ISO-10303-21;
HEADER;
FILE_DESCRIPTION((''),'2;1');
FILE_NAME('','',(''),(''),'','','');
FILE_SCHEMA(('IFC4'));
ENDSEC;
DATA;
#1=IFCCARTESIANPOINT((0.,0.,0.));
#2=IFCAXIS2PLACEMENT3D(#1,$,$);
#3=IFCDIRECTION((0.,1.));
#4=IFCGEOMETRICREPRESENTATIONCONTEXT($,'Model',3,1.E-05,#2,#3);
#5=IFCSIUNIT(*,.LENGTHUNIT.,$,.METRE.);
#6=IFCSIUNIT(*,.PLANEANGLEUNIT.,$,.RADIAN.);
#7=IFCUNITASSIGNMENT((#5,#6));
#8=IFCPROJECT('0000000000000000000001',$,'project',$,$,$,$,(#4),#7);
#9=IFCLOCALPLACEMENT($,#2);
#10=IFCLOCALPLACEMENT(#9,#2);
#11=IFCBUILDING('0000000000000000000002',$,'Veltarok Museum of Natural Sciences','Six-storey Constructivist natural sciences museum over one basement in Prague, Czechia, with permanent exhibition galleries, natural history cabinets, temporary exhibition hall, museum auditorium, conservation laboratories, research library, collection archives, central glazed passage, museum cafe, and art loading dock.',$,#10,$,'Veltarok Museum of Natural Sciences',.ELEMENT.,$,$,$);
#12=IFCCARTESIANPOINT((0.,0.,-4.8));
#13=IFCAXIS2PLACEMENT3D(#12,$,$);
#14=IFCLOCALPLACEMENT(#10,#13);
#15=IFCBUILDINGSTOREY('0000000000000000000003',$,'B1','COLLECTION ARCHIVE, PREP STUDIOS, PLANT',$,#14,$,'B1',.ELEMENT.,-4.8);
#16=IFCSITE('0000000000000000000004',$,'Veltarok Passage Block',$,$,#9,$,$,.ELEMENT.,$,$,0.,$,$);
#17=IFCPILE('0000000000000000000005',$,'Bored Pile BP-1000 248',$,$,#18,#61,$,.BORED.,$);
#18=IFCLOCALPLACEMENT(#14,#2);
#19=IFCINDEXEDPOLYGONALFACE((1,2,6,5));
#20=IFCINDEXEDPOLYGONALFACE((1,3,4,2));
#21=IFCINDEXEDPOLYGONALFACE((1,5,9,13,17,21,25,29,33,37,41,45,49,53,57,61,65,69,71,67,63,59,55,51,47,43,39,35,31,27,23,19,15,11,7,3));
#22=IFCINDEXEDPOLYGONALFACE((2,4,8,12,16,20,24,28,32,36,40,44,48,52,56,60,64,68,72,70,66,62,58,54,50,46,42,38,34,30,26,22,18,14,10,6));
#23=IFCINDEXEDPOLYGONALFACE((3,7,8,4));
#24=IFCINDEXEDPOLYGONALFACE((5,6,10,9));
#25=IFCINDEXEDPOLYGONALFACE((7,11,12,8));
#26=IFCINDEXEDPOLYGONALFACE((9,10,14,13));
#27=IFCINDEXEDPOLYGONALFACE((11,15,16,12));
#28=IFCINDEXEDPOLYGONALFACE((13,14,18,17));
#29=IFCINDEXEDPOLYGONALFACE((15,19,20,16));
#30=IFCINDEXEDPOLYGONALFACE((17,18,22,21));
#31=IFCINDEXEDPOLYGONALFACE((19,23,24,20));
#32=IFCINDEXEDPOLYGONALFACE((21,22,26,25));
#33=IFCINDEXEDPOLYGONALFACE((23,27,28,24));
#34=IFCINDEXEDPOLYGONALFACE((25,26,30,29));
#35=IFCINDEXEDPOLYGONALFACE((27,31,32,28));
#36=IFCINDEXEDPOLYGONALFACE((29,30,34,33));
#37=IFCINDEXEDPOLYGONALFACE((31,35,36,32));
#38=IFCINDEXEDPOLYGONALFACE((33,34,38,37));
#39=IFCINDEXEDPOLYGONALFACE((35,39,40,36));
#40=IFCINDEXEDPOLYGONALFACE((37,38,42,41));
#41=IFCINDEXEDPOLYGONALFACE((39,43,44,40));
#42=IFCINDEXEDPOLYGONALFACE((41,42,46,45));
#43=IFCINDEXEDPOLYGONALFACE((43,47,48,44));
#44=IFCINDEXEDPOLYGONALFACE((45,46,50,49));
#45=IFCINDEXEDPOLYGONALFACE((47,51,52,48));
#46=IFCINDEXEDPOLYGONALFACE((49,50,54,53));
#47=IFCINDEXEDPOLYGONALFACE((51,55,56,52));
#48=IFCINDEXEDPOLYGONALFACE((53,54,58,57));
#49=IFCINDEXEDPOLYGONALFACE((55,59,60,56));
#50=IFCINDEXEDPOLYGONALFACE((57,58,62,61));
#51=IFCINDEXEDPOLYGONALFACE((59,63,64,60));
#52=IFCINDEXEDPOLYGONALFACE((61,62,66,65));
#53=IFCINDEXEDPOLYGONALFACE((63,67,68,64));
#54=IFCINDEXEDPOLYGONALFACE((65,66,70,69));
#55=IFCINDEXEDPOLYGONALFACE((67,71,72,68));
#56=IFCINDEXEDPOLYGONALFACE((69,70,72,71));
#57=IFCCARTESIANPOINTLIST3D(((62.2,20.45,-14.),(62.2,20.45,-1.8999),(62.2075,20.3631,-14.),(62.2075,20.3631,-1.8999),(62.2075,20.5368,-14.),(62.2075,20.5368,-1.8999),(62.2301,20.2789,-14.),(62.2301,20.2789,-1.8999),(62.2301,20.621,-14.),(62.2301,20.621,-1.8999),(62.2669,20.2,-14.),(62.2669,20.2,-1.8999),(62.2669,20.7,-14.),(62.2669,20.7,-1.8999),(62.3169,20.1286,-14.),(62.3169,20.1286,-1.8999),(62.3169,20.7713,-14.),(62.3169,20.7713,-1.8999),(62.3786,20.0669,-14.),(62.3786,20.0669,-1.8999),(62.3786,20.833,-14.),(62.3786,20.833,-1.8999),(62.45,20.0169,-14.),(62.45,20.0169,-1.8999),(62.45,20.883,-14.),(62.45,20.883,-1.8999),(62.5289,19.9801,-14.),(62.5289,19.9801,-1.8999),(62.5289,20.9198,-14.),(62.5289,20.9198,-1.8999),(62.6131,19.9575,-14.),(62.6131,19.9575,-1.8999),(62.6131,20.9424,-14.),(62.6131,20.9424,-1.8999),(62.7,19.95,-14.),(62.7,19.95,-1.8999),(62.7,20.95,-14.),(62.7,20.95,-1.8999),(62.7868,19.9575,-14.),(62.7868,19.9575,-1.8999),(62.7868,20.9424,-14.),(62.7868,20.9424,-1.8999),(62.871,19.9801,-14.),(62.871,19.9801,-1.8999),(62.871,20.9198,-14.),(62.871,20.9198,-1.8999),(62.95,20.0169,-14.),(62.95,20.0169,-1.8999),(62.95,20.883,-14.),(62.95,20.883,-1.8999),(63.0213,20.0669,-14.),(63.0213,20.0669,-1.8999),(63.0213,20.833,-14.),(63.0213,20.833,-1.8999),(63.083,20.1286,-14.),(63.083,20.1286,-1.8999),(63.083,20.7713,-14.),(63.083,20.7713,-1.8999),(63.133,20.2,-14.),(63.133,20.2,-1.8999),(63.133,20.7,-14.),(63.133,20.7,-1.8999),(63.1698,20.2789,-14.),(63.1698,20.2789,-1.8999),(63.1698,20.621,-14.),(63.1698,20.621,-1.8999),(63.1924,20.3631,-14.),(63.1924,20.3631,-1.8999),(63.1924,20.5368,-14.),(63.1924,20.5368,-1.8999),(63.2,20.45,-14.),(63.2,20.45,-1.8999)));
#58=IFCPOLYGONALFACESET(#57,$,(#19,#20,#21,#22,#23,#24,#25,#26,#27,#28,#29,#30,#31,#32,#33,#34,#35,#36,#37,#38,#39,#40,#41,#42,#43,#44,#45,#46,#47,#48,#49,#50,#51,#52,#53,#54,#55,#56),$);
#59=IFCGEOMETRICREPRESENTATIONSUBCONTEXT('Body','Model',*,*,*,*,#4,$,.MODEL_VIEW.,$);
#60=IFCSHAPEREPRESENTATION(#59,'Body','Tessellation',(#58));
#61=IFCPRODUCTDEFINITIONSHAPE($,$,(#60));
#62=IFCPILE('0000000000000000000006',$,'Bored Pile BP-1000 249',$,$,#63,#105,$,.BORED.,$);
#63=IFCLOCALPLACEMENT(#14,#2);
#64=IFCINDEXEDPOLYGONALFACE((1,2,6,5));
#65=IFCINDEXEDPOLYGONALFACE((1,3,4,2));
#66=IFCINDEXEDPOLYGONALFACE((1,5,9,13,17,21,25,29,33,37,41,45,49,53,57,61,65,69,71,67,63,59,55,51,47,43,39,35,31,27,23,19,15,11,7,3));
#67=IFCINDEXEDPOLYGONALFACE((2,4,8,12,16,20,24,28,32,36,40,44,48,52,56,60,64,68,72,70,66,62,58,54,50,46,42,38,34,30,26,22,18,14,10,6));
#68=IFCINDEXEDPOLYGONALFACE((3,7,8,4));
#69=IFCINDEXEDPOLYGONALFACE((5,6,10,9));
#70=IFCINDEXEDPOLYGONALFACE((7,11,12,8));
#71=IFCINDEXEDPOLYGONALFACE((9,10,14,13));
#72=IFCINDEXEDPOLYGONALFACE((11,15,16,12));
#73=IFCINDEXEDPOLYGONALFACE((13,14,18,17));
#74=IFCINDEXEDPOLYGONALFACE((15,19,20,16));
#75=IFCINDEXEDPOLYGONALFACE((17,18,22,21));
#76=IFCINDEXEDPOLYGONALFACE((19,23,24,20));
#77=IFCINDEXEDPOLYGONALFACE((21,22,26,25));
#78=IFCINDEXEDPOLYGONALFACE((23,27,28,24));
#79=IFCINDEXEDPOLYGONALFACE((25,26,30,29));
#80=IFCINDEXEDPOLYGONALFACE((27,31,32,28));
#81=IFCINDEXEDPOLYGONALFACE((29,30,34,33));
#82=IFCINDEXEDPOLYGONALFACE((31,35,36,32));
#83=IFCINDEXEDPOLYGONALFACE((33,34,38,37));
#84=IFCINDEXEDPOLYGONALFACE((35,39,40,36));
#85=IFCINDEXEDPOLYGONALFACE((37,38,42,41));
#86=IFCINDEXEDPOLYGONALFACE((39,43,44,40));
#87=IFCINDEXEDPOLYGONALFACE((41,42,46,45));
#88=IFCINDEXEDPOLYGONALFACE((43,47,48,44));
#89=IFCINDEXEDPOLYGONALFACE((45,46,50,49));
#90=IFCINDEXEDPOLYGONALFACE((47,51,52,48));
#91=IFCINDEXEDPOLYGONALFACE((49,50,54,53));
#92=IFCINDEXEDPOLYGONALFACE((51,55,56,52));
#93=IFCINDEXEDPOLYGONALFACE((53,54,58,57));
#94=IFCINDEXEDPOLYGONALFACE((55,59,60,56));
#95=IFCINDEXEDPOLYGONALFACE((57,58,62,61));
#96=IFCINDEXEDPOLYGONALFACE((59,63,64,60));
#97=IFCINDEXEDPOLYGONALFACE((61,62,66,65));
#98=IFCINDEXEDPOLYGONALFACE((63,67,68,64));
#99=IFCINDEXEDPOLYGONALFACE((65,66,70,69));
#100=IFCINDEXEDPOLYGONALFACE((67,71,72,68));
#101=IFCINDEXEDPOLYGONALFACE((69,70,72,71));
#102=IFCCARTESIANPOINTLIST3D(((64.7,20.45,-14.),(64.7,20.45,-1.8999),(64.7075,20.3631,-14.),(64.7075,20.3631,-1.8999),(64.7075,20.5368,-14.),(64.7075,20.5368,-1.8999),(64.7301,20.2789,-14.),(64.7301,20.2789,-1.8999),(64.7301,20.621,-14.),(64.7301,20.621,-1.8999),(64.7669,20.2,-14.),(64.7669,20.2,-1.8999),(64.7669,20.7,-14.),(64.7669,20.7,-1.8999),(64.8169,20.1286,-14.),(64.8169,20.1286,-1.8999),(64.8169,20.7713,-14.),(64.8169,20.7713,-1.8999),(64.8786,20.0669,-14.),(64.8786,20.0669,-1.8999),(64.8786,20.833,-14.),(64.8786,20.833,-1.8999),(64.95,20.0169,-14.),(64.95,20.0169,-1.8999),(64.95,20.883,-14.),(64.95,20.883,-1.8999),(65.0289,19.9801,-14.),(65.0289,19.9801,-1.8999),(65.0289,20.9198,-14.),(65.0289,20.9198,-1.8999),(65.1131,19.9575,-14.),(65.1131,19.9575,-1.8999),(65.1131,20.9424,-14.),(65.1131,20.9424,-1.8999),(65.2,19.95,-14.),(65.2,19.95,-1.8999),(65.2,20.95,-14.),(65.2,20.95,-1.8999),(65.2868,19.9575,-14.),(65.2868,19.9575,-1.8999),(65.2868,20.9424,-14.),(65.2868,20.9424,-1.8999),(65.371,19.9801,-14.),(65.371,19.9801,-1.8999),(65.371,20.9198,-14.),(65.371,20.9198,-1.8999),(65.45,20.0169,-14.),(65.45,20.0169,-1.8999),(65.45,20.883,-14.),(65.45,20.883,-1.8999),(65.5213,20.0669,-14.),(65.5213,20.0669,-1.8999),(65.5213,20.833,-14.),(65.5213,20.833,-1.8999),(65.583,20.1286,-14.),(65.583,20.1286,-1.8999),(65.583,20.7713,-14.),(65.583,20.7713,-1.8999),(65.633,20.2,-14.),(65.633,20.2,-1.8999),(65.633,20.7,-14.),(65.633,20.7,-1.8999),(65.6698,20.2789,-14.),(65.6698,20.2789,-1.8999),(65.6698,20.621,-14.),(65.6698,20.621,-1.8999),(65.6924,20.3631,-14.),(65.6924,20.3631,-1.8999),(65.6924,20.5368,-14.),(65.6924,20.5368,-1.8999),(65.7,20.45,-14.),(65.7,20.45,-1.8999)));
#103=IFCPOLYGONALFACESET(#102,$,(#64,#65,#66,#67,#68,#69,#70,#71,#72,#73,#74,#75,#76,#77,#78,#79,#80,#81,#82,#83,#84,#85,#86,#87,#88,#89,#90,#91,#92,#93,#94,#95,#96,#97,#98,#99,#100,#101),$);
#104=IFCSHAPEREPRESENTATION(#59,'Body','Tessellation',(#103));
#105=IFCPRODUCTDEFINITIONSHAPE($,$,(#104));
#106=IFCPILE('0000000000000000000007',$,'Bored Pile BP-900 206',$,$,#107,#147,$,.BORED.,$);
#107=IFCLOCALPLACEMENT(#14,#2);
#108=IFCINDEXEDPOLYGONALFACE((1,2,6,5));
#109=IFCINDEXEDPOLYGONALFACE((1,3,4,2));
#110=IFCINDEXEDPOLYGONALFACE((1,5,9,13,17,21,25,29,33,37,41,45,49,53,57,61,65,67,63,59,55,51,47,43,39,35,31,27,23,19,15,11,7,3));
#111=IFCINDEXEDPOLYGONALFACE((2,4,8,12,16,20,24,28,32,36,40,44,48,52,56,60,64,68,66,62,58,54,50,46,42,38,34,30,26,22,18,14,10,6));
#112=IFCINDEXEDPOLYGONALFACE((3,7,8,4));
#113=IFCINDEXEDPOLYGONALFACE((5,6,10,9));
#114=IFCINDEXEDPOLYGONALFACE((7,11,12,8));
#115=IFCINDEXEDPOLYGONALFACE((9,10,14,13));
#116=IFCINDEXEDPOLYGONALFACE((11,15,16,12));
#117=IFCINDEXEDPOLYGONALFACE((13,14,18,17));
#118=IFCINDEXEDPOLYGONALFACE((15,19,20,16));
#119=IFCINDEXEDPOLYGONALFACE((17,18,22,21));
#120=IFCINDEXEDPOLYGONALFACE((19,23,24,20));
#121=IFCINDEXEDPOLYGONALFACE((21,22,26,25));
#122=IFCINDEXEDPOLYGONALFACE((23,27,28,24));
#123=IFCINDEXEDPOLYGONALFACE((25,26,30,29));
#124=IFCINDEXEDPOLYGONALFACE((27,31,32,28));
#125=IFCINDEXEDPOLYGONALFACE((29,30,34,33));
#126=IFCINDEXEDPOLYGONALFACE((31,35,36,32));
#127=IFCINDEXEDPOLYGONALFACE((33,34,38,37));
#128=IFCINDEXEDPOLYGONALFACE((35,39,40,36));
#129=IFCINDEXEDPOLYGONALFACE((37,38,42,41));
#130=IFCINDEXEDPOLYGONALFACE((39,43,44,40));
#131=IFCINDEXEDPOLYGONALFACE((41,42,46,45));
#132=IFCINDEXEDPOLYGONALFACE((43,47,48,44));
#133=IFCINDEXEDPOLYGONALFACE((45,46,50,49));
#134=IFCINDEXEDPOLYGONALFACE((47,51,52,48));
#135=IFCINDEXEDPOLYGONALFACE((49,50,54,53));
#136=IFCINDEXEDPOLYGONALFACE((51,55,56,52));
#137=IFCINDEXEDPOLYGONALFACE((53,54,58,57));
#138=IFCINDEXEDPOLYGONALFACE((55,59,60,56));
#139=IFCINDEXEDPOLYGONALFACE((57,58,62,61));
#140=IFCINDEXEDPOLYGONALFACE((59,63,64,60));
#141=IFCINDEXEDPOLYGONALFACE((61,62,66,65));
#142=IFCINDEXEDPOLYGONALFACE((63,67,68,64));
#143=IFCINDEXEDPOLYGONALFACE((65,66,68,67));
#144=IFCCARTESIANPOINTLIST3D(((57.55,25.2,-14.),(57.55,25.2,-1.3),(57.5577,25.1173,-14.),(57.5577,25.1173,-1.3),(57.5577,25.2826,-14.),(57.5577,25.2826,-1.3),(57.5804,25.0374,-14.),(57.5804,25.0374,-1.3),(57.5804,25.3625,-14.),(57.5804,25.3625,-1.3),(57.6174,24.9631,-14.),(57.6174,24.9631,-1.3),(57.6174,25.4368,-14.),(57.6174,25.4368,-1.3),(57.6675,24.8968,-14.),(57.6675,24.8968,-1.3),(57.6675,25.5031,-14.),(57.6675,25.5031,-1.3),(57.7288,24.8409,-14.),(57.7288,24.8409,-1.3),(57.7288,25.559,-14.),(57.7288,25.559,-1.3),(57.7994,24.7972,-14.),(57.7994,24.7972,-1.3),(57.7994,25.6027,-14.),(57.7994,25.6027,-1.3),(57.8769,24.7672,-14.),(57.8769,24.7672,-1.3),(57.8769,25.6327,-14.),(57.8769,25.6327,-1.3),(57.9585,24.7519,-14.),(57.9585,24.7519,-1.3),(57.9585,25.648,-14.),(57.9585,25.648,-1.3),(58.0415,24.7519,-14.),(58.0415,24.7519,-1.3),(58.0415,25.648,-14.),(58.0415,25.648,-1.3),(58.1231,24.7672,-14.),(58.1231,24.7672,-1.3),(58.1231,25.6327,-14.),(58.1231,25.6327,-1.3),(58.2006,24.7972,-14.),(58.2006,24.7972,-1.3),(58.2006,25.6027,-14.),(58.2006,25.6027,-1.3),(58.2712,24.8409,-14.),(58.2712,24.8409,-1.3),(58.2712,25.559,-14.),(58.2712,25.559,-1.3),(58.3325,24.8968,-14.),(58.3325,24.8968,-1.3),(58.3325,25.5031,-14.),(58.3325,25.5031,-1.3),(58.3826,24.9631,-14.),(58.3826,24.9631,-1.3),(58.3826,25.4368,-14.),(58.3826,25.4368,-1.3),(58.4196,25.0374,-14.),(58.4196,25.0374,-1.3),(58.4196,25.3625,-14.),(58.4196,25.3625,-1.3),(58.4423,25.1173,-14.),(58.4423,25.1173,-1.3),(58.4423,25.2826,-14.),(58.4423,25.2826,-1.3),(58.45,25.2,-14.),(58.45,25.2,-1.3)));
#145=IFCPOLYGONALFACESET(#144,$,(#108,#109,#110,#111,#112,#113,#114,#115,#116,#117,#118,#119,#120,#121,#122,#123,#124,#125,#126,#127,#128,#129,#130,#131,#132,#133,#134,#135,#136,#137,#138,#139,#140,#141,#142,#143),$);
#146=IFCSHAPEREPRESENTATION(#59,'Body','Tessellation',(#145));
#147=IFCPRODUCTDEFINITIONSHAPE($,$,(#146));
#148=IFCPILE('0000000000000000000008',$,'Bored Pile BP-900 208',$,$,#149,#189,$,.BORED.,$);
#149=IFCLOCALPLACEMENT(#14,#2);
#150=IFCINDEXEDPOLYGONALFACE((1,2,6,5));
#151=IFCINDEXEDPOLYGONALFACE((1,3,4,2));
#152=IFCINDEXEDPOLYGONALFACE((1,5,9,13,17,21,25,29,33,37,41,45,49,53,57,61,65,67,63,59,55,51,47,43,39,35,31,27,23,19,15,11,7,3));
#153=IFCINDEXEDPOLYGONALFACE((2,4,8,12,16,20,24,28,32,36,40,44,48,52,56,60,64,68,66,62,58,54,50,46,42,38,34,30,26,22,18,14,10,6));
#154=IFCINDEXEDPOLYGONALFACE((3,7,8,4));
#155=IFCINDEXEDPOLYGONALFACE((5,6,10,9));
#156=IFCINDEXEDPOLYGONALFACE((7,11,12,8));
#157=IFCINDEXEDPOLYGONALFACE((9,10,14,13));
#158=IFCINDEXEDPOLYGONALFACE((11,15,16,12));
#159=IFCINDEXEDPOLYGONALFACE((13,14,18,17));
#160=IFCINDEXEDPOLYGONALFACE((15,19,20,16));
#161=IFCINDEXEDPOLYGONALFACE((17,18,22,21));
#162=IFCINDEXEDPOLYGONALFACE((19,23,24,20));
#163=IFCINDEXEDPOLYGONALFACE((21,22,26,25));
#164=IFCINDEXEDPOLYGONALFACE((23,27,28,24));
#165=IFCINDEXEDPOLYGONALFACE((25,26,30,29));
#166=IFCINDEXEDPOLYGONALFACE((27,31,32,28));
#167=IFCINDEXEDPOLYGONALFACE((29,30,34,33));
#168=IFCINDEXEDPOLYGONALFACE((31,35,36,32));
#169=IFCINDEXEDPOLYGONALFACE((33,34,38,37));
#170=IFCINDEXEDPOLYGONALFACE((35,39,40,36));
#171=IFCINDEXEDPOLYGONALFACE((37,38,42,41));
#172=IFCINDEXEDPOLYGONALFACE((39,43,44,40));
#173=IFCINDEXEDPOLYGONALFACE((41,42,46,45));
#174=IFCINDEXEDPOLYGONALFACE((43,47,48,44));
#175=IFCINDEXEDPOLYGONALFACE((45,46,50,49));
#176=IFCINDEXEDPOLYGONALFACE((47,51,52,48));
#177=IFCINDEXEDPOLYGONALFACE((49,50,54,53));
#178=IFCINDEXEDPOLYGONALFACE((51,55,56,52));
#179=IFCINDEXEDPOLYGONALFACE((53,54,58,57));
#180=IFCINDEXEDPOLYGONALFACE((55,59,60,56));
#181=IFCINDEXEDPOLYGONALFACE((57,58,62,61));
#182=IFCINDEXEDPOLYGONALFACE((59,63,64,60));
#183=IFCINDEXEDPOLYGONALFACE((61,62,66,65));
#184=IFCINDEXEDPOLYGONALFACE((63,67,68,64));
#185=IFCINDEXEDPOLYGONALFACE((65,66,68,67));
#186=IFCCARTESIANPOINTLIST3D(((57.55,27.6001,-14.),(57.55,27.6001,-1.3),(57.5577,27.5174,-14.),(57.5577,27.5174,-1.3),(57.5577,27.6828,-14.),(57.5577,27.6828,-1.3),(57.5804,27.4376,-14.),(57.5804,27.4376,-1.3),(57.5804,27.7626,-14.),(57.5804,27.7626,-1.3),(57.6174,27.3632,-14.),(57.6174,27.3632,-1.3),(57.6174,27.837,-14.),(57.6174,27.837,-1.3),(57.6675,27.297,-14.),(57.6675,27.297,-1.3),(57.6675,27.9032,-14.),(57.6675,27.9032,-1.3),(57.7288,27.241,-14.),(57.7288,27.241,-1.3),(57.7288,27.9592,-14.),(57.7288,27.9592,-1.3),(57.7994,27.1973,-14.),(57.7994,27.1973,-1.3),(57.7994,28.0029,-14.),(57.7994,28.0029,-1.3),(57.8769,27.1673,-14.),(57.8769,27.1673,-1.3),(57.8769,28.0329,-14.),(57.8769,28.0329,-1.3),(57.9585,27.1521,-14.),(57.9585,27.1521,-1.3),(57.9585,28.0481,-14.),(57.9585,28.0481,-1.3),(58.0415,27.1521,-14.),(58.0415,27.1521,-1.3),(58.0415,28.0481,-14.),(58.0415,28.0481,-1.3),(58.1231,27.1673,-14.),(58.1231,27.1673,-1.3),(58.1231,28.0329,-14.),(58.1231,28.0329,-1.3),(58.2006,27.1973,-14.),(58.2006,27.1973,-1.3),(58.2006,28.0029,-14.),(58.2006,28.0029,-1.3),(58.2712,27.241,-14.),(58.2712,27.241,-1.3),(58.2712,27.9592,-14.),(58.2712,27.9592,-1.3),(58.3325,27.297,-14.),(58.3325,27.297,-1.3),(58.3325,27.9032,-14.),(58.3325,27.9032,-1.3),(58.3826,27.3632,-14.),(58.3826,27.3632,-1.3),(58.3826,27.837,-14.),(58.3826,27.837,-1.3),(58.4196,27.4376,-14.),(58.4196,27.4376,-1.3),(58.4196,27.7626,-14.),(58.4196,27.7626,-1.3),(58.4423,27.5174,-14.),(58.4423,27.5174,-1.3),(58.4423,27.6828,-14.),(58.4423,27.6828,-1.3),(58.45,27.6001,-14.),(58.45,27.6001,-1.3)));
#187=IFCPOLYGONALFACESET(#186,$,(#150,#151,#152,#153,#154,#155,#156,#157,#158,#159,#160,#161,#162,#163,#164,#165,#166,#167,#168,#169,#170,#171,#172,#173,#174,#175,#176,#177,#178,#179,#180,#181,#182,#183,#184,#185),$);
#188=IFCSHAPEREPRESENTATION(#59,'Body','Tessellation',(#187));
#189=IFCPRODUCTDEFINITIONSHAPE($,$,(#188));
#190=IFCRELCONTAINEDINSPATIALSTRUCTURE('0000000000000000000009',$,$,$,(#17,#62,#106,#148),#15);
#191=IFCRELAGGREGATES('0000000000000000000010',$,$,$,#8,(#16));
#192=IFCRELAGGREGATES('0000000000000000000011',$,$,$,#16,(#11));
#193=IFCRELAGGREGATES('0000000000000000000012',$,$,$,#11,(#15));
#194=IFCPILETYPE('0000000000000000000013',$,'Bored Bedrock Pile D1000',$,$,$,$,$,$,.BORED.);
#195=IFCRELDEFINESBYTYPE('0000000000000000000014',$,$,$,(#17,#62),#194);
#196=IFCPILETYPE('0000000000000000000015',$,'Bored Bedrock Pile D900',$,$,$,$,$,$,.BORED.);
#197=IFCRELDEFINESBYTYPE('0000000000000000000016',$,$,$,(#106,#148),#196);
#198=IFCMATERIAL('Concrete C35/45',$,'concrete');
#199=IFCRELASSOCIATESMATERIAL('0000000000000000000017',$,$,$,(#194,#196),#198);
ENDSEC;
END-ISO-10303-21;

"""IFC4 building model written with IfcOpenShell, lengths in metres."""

from ifc_helpers import new_model, si_unit, direction, frame, origin, origin_2d, place, context, subcontext, project, spatial, circle, extrude, material, material_profile, profile_set, type_object, element, save


model = new_model("IFC4")

# Units and contexts
model_context = context("Model", 3, precision=1e-05, world=origin(), true_north=direction((0.0, 1.0)))
body_context = subcontext(model_context, "Body", "Model", "MODEL_VIEW")
ifc_project = project(units=[si_unit("LENGTHUNIT", "METRE"), si_unit("PLANEANGLEUNIT", "RADIAN")], contexts=[model_context])

# Site, building, storey
site_placement = place(None, origin())
site = spatial("IfcSite", under=ifc_project, at=site_placement, Name="Veltarok Passage Block", CompositionType="ELEMENT", RefElevation=0.0)
building_placement = place(site_placement, origin())
building = spatial("IfcBuilding", under=site, at=building_placement, Name="Veltarok Museum of Natural Sciences", Description="Six-storey Constructivist natural sciences museum over one basement in Prague, Czechia, with permanent exhibition galleries, natural history cabinets, temporary exhibition hall, museum auditorium, conservation laboratories, research library, collection archives, central glazed passage, museum cafe, and art loading dock.", LongName="Veltarok Museum of Natural Sciences", CompositionType="ELEMENT")
storey_placement = place(building_placement, frame((0.0, 0.0, -4.8)))
storey = spatial("IfcBuildingStorey", under=building, at=storey_placement, Name="B1", Description="COLLECTION ARCHIVE, PREP STUDIOS, PLANT", LongName="B1", CompositionType="ELEMENT", Elevation=-4.8)

# Piles
ifc_material_1 = material(Name="Concrete C35/45", Category="concrete")
ifc_material_profile_1 = material_profile(ifc_material_1, circle(Radius=0.5, at=origin_2d()), Name="BP D1000")
ifc_profile_set_1 = profile_set([ifc_material_profile_1], Name="Concrete C35/45")
pile_type_1 = type_object("IfcPileType", Name="Bored Bedrock Pile D1000", PredefinedType="BORED", material=ifc_profile_set_1)
for number, where, z_axis, x_axis, name in (
    (1, (62.7, 20.45, -1.8999), (0.0, 0.0, -1.0), (1.0, 0.0, 0.0), "Bored Pile BP-1000 248"),
    (2, (65.2, 20.45, -1.8999), (0.0, 0.0, -1.0), (1.0, 0.0, 0.0), "Bored Pile BP-1000 249"),
):
    element("IfcPile", number, at=place(storey_placement, frame(where, z_axis=z_axis, x_axis=x_axis)), inside=storey, type_object=pile_type_1, Name=name, PredefinedType="BORED", context=body_context, shape_type="SweptSolid", body=[
        extrude(circle(Radius=0.5, at=origin_2d()), origin(), (0.0, 0.0, 1.0), 12.1001),
    ])
ifc_material_profile_2 = material_profile(ifc_material_1, circle(Radius=0.45, at=origin_2d()), Name="BP D900")
ifc_profile_set_2 = profile_set([ifc_material_profile_2], Name="Concrete C35/45")
pile_type_2 = type_object("IfcPileType", Name="Bored Bedrock Pile D900", PredefinedType="BORED", material=ifc_profile_set_2)
for number, where, z_axis, x_axis, name in (
    (3, (58.0, 25.2, -1.3), (0.0, 0.0, -1.0), (1.0, 0.0, 0.0), "Bored Pile BP-900 206"),
    (4, (58.0, 27.6001, -1.3), (0.0, 0.0, -1.0), (1.0, 0.0, 0.0), "Bored Pile BP-900 208"),
):
    element("IfcPile", number, at=place(storey_placement, frame(where, z_axis=z_axis, x_axis=x_axis)), inside=storey, type_object=pile_type_2, Name=name, PredefinedType="BORED", context=body_context, shape_type="SweptSolid", body=[
        extrude(circle(Radius=0.45, at=origin_2d()), origin(), (0.0, 0.0, 1.0), 12.7),
    ])

save(model, "model.ifc")
